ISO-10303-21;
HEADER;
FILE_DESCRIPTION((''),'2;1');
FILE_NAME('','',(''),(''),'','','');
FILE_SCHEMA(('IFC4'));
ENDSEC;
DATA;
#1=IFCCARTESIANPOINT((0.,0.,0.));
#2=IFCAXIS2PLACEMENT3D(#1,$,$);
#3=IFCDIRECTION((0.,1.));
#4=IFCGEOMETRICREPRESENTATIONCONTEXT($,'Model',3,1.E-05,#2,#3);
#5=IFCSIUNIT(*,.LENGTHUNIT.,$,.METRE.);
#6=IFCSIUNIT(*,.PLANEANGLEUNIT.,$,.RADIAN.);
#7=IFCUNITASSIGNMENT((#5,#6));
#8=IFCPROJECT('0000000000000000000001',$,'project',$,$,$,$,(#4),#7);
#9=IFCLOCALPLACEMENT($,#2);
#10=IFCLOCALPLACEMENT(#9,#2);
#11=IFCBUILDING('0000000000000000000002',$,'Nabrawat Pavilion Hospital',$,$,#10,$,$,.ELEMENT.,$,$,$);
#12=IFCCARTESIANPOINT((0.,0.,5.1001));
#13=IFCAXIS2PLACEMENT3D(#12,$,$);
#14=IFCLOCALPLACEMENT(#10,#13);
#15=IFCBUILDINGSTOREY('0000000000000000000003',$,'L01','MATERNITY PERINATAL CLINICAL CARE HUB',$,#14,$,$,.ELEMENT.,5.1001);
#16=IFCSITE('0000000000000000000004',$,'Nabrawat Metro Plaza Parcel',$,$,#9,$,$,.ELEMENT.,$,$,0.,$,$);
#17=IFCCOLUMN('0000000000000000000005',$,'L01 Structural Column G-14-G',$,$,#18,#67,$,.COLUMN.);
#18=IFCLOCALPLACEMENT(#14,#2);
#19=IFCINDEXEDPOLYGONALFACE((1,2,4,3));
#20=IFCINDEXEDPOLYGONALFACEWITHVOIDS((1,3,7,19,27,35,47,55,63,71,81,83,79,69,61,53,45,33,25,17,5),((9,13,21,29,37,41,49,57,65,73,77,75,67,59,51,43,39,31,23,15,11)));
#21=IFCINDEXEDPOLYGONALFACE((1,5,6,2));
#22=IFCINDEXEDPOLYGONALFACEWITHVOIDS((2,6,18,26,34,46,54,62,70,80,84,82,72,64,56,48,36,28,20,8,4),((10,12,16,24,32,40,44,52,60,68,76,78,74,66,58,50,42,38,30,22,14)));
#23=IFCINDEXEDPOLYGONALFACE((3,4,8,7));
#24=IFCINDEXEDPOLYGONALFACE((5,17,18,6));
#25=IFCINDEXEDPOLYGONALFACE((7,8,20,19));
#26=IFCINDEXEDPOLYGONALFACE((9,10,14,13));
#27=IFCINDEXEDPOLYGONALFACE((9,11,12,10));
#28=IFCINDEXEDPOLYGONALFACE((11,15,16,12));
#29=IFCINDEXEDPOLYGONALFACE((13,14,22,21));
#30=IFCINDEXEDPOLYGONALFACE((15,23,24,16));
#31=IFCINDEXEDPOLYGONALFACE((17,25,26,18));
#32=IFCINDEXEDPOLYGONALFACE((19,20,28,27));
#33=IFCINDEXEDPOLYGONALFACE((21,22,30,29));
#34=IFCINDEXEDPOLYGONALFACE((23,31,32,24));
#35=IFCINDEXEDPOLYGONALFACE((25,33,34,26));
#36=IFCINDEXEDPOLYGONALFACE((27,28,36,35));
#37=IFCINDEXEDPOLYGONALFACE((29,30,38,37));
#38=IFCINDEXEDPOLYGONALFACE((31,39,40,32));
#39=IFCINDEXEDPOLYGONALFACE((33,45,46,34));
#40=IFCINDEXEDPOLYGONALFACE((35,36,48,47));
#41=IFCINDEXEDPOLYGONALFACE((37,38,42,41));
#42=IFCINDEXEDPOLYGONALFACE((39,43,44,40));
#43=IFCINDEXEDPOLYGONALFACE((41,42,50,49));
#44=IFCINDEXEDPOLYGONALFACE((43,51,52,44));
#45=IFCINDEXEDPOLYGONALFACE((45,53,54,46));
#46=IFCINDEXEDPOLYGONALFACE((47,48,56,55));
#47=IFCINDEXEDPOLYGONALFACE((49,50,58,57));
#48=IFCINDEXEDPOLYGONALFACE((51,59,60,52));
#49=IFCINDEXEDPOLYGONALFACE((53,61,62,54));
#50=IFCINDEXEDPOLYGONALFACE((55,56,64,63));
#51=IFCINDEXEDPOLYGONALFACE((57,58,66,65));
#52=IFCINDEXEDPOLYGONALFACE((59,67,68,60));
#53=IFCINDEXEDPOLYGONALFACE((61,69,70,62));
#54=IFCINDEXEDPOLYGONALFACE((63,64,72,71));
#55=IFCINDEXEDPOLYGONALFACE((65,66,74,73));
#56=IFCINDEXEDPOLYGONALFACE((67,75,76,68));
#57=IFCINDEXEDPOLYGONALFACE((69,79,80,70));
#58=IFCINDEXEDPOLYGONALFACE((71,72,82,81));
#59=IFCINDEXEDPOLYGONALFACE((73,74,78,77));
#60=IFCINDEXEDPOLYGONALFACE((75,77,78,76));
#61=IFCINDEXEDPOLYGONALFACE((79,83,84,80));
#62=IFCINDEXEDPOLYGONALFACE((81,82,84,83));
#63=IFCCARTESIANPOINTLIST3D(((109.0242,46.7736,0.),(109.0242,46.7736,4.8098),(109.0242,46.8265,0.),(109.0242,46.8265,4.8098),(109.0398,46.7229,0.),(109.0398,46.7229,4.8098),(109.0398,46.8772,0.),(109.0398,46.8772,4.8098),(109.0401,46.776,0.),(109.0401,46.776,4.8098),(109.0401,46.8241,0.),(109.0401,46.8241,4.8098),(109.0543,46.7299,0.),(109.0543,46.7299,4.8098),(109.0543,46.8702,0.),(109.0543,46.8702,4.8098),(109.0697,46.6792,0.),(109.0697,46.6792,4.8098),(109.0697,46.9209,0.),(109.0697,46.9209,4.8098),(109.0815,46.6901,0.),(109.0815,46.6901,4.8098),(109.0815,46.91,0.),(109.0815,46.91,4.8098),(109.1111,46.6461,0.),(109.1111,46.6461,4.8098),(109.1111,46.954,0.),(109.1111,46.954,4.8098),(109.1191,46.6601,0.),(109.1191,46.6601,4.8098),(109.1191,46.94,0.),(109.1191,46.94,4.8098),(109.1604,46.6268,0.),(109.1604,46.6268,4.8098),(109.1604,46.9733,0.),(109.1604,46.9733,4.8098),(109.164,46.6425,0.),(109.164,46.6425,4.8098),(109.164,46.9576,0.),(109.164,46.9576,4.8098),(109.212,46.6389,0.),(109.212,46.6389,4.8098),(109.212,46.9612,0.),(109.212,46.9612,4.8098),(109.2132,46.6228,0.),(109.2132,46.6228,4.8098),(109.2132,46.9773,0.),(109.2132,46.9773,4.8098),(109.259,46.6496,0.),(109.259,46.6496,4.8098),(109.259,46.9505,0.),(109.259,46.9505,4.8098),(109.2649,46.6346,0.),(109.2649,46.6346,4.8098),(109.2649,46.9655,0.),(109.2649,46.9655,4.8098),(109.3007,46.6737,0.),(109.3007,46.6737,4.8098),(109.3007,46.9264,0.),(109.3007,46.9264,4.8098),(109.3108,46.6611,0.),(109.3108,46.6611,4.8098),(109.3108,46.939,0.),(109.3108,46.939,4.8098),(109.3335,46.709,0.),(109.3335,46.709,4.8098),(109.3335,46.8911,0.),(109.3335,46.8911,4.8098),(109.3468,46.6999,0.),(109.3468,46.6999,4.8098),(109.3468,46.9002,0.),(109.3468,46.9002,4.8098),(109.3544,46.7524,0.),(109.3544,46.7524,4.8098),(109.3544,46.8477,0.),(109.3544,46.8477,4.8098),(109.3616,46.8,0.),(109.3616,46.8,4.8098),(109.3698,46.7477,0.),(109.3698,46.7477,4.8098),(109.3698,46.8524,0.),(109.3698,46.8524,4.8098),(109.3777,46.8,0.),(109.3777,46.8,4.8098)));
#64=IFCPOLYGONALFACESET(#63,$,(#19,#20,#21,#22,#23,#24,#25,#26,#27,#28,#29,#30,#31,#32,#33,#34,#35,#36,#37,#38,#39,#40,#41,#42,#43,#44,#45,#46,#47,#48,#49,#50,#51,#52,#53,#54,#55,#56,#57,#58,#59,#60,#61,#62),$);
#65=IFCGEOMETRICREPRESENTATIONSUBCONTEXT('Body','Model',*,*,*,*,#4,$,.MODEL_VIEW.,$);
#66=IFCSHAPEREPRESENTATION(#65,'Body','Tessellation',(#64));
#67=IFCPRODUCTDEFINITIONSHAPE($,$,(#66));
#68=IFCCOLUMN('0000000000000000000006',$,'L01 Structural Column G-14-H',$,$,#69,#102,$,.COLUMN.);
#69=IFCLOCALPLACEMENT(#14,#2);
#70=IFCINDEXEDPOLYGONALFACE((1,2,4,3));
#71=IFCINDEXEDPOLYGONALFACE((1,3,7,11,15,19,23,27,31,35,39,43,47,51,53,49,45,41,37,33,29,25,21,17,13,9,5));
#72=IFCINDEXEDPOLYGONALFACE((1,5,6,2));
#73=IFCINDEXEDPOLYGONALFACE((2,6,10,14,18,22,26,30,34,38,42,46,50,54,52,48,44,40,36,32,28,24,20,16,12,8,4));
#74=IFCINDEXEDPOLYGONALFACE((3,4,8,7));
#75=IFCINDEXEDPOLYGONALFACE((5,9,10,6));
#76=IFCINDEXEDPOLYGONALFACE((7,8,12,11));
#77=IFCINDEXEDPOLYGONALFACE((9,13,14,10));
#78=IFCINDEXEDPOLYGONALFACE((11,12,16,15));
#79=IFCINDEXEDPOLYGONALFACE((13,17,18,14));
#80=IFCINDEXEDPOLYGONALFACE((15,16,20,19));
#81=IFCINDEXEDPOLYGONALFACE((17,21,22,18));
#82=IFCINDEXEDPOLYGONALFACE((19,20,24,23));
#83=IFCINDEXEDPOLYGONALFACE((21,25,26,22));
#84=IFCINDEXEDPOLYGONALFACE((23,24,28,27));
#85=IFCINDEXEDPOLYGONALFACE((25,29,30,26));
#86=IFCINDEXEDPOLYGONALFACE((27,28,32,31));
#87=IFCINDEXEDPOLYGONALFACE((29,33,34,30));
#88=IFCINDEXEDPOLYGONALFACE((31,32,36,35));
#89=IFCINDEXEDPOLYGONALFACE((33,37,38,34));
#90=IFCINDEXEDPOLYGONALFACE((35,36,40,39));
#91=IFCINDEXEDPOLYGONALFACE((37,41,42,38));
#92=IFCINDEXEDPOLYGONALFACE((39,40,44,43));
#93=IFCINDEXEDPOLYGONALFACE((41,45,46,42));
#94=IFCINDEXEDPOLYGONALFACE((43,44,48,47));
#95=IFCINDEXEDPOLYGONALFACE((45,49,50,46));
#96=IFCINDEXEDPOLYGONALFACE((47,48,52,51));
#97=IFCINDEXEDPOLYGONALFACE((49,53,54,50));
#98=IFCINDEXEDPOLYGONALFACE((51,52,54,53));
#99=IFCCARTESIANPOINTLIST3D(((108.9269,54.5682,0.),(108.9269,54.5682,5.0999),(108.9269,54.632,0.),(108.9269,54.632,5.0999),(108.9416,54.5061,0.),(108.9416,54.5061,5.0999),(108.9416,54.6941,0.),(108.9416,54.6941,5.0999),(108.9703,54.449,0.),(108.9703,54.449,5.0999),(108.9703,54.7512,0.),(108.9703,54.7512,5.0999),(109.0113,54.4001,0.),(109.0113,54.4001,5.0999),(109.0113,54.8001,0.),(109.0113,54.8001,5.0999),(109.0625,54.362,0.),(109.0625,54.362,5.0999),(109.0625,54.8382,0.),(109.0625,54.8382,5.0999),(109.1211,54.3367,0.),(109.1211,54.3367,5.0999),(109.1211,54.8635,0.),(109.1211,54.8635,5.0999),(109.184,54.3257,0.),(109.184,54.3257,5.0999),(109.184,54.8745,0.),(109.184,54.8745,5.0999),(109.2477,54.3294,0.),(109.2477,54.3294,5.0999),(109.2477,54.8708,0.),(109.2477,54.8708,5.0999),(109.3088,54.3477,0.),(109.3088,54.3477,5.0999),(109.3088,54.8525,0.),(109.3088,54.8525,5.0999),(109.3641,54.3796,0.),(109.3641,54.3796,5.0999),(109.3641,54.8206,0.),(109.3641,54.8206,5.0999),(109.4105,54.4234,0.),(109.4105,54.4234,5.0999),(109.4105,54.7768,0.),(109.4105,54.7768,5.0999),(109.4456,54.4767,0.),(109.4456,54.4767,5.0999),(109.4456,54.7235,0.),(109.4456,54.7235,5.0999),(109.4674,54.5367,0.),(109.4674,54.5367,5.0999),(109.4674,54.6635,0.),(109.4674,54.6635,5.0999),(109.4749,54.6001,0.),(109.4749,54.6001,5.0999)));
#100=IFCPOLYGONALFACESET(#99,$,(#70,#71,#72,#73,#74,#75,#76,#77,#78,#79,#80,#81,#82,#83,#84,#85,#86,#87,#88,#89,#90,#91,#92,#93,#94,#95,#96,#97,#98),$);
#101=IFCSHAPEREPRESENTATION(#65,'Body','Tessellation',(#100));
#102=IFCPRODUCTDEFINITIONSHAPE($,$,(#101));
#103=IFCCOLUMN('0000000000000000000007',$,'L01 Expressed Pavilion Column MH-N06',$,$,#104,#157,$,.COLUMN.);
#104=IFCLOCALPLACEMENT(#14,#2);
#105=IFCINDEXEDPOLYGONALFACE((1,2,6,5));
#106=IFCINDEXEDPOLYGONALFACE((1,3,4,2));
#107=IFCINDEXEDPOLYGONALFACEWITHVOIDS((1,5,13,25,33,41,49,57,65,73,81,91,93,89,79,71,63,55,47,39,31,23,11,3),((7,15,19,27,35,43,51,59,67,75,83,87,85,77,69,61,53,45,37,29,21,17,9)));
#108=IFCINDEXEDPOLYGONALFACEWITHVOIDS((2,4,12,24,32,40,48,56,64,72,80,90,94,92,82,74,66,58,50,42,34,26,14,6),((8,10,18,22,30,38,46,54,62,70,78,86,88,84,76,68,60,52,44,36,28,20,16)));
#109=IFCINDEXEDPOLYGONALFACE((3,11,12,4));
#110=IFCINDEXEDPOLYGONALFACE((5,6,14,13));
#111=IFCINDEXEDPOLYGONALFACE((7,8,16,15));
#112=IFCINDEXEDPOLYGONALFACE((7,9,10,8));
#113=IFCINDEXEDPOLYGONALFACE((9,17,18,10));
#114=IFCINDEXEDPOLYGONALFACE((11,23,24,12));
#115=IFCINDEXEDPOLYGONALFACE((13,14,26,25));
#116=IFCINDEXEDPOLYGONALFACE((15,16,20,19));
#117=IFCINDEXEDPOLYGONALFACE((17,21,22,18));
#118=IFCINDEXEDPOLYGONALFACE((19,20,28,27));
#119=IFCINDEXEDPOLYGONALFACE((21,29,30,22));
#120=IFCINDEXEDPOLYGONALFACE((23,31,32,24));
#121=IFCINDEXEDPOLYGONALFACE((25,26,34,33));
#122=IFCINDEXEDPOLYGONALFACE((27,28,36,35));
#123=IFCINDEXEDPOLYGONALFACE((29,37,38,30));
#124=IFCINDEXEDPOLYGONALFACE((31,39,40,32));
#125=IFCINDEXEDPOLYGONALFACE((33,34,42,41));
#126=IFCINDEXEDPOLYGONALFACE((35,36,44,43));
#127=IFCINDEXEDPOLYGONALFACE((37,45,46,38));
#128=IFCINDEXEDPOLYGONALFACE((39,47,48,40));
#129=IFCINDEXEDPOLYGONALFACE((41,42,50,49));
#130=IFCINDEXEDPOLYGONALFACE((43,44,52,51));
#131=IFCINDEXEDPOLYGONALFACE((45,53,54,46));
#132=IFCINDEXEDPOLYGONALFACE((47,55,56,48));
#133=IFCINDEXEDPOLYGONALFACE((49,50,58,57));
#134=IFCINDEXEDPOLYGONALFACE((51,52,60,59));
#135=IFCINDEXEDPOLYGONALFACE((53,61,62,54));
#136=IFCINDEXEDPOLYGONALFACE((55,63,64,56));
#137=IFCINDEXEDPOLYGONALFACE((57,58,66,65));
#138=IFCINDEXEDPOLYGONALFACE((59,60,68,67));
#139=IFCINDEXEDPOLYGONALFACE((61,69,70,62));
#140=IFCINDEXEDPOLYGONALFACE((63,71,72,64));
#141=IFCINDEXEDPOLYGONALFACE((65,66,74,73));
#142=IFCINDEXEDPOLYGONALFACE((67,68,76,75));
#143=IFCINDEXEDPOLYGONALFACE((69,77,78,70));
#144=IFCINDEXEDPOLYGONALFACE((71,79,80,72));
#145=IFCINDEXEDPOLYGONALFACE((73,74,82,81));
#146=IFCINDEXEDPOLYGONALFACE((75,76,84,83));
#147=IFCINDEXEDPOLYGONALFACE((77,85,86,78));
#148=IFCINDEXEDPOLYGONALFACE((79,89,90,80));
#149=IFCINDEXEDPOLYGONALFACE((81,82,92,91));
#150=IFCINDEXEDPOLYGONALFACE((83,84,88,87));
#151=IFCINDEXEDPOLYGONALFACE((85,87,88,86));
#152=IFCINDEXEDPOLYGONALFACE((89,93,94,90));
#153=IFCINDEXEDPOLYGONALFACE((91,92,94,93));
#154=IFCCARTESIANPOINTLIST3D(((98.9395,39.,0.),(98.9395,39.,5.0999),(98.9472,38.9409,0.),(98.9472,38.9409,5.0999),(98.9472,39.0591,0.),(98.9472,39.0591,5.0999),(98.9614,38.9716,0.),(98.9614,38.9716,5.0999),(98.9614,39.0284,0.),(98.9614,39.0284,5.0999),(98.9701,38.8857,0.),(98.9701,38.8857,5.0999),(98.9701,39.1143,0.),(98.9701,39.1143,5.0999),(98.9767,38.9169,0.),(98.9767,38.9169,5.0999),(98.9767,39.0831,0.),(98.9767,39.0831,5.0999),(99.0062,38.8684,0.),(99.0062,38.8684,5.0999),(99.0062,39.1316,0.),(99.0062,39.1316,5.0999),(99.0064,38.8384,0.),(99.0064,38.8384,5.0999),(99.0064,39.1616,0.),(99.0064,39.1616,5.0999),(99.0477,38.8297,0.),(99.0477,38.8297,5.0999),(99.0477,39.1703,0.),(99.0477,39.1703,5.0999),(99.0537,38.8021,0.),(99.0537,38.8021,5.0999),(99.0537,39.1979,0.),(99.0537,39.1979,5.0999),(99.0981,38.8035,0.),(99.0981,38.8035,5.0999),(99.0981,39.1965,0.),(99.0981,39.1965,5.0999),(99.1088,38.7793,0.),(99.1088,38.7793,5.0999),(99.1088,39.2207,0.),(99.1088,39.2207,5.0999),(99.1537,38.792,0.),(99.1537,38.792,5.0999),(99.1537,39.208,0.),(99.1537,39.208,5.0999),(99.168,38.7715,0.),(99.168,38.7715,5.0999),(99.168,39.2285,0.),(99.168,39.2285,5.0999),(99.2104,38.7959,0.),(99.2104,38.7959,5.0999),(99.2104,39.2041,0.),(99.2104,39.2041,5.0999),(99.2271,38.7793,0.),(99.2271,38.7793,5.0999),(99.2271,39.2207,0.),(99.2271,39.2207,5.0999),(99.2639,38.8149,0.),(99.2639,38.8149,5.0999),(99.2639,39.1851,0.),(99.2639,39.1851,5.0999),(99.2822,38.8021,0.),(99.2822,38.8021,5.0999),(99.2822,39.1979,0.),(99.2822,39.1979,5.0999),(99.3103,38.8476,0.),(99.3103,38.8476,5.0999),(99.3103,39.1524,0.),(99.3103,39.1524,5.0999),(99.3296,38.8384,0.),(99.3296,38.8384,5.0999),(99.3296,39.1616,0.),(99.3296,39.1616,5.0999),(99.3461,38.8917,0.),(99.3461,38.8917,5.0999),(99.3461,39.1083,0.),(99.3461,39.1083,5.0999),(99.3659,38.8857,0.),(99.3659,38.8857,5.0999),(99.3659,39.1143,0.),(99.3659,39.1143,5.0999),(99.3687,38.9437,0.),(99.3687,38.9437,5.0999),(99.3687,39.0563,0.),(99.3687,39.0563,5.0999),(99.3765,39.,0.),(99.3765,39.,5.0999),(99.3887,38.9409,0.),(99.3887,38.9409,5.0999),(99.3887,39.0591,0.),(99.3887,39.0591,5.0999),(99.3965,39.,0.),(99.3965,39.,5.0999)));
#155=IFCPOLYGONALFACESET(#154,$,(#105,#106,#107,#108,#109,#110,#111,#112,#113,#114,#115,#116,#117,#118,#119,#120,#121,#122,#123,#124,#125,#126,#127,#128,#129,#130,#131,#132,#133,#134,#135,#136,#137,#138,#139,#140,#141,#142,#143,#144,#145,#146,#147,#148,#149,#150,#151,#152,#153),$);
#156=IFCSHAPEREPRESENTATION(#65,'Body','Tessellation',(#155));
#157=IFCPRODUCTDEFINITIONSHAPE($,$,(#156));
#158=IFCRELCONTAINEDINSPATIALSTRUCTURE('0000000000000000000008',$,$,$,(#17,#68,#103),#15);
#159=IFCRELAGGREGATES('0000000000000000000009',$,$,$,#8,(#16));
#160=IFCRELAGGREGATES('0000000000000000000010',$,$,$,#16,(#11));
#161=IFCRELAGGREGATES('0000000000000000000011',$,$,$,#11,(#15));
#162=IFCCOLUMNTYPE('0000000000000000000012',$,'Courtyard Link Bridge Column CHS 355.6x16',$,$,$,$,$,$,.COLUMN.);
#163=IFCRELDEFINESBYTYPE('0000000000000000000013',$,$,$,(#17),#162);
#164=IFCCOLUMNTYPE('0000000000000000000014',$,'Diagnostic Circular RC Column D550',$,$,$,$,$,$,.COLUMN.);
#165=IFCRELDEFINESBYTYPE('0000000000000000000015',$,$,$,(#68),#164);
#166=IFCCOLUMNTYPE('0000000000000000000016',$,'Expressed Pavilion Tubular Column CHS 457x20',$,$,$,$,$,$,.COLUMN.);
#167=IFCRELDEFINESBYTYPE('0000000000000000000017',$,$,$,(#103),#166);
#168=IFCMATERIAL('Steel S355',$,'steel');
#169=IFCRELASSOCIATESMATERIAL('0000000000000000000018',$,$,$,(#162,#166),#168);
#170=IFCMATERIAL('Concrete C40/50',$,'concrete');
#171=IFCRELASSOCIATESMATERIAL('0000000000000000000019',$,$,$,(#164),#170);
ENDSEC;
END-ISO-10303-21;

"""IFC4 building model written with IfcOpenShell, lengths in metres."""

from ifc_helpers import new_model, si_unit, direction, frame, origin, origin_2d, place, context, subcontext, project, spatial, circle, hollow_circle, extrude, material, material_profile, profile_set, type_object, element, save


model = new_model("IFC4")

# Units and contexts
model_context = context("Model", 3, precision=1e-05, world=origin(), true_north=direction((0.0, 1.0)))
body_context = subcontext(model_context, "Body", "Model", "MODEL_VIEW")
ifc_project = project(units=[si_unit("LENGTHUNIT", "METRE"), si_unit("PLANEANGLEUNIT", "RADIAN")], contexts=[model_context])

# Site, building, storey
site_placement = place(None, origin())
site = spatial("IfcSite", under=ifc_project, at=site_placement, Name="Nabrawat Metro Plaza Parcel", CompositionType="ELEMENT", RefElevation=0.0)
building_placement = place(site_placement, origin())
building = spatial("IfcBuilding", under=site, at=building_placement, Name="Nabrawat Pavilion Hospital", CompositionType="ELEMENT")
storey_placement = place(building_placement, frame((0.0, 0.0, 5.1001)))
storey = spatial("IfcBuildingStorey", under=building, at=storey_placement, Name="L01", Description="MATERNITY PERINATAL CLINICAL CARE HUB", CompositionType="ELEMENT", Elevation=5.1001)

# Columns
ifc_material_1 = material(Name="Steel S355", Category="steel")
ifc_material_profile_1 = material_profile(ifc_material_1, hollow_circle(Radius=0.1777, WallThickness=0.0161, at=origin_2d()), Name="CHS 355.6x16")
ifc_profile_set_1 = profile_set([ifc_material_profile_1], Name="Steel S355")
column_type_1 = type_object("IfcColumnType", Name="Courtyard Link Bridge Column CHS 355.6x16", PredefinedType="COLUMN", material=ifc_profile_set_1)
column_1_placement = place(storey_placement, frame((109.2, 46.8, 0.0), z_axis=(0.0, 0.0, 1.0), x_axis=(1.0, 0.0, 0.0)))
element("IfcColumn", 1, at=column_1_placement, inside=storey, type_object=column_type_1, Name="L01 Structural Column G-14-G", PredefinedType="COLUMN", context=body_context, shape_type="SweptSolid", body=[
    extrude(hollow_circle(Radius=0.1777, WallThickness=0.0161, at=origin_2d()), origin(), (0.0, 0.0, 1.0), 4.8098),
])
ifc_material_2 = material(Name="Concrete C40/50", Category="concrete")
ifc_material_profile_2 = material_profile(ifc_material_2, circle(Radius=0.2749, at=origin_2d()), Name="RC D550")
ifc_profile_set_2 = profile_set([ifc_material_profile_2], Name="Concrete C40/50")
column_type_2 = type_object("IfcColumnType", Name="Diagnostic Circular RC Column D550", PredefinedType="COLUMN", material=ifc_profile_set_2)
column_2_placement = place(storey_placement, frame((109.2, 54.6001, 0.0), z_axis=(0.0, 0.0, 1.0), x_axis=(1.0, 0.0, 0.0)))
element("IfcColumn", 2, at=column_2_placement, inside=storey, type_object=column_type_2, Name="L01 Structural Column G-14-H", PredefinedType="COLUMN", context=body_context, shape_type="SweptSolid", body=[
    extrude(circle(Radius=0.2749, at=origin_2d()), origin(), (0.0, 0.0, 1.0), 5.0999),
])
ifc_material_profile_3 = material_profile(ifc_material_1, hollow_circle(Radius=0.2285, WallThickness=0.02, at=origin_2d()), Name="CHS 457x20")
ifc_profile_set_3 = profile_set([ifc_material_profile_3], Name="Steel S355")
column_type_3 = type_object("IfcColumnType", Name="Expressed Pavilion Tubular Column CHS 457x20", PredefinedType="COLUMN", material=ifc_profile_set_3)
for number, where, z_axis, x_axis, name in (
    (3, (99.168, 39.0, 0.0), (0.0, 0.0, 1.0), (1.0, 0.0, 0.0), "L01 Expressed Pavilion Column MH-N06"),
):
    element("IfcColumn", number, at=place(storey_placement, frame(where, z_axis=z_axis, x_axis=x_axis)), inside=storey, type_object=column_type_3, Name=name, PredefinedType="COLUMN", context=body_context, shape_type="SweptSolid", body=[
        extrude(hollow_circle(Radius=0.2285, WallThickness=0.02, at=origin_2d()), origin(), (0.0, 0.0, 1.0), 5.0999),
    ])

save(model, "model.ifc")
